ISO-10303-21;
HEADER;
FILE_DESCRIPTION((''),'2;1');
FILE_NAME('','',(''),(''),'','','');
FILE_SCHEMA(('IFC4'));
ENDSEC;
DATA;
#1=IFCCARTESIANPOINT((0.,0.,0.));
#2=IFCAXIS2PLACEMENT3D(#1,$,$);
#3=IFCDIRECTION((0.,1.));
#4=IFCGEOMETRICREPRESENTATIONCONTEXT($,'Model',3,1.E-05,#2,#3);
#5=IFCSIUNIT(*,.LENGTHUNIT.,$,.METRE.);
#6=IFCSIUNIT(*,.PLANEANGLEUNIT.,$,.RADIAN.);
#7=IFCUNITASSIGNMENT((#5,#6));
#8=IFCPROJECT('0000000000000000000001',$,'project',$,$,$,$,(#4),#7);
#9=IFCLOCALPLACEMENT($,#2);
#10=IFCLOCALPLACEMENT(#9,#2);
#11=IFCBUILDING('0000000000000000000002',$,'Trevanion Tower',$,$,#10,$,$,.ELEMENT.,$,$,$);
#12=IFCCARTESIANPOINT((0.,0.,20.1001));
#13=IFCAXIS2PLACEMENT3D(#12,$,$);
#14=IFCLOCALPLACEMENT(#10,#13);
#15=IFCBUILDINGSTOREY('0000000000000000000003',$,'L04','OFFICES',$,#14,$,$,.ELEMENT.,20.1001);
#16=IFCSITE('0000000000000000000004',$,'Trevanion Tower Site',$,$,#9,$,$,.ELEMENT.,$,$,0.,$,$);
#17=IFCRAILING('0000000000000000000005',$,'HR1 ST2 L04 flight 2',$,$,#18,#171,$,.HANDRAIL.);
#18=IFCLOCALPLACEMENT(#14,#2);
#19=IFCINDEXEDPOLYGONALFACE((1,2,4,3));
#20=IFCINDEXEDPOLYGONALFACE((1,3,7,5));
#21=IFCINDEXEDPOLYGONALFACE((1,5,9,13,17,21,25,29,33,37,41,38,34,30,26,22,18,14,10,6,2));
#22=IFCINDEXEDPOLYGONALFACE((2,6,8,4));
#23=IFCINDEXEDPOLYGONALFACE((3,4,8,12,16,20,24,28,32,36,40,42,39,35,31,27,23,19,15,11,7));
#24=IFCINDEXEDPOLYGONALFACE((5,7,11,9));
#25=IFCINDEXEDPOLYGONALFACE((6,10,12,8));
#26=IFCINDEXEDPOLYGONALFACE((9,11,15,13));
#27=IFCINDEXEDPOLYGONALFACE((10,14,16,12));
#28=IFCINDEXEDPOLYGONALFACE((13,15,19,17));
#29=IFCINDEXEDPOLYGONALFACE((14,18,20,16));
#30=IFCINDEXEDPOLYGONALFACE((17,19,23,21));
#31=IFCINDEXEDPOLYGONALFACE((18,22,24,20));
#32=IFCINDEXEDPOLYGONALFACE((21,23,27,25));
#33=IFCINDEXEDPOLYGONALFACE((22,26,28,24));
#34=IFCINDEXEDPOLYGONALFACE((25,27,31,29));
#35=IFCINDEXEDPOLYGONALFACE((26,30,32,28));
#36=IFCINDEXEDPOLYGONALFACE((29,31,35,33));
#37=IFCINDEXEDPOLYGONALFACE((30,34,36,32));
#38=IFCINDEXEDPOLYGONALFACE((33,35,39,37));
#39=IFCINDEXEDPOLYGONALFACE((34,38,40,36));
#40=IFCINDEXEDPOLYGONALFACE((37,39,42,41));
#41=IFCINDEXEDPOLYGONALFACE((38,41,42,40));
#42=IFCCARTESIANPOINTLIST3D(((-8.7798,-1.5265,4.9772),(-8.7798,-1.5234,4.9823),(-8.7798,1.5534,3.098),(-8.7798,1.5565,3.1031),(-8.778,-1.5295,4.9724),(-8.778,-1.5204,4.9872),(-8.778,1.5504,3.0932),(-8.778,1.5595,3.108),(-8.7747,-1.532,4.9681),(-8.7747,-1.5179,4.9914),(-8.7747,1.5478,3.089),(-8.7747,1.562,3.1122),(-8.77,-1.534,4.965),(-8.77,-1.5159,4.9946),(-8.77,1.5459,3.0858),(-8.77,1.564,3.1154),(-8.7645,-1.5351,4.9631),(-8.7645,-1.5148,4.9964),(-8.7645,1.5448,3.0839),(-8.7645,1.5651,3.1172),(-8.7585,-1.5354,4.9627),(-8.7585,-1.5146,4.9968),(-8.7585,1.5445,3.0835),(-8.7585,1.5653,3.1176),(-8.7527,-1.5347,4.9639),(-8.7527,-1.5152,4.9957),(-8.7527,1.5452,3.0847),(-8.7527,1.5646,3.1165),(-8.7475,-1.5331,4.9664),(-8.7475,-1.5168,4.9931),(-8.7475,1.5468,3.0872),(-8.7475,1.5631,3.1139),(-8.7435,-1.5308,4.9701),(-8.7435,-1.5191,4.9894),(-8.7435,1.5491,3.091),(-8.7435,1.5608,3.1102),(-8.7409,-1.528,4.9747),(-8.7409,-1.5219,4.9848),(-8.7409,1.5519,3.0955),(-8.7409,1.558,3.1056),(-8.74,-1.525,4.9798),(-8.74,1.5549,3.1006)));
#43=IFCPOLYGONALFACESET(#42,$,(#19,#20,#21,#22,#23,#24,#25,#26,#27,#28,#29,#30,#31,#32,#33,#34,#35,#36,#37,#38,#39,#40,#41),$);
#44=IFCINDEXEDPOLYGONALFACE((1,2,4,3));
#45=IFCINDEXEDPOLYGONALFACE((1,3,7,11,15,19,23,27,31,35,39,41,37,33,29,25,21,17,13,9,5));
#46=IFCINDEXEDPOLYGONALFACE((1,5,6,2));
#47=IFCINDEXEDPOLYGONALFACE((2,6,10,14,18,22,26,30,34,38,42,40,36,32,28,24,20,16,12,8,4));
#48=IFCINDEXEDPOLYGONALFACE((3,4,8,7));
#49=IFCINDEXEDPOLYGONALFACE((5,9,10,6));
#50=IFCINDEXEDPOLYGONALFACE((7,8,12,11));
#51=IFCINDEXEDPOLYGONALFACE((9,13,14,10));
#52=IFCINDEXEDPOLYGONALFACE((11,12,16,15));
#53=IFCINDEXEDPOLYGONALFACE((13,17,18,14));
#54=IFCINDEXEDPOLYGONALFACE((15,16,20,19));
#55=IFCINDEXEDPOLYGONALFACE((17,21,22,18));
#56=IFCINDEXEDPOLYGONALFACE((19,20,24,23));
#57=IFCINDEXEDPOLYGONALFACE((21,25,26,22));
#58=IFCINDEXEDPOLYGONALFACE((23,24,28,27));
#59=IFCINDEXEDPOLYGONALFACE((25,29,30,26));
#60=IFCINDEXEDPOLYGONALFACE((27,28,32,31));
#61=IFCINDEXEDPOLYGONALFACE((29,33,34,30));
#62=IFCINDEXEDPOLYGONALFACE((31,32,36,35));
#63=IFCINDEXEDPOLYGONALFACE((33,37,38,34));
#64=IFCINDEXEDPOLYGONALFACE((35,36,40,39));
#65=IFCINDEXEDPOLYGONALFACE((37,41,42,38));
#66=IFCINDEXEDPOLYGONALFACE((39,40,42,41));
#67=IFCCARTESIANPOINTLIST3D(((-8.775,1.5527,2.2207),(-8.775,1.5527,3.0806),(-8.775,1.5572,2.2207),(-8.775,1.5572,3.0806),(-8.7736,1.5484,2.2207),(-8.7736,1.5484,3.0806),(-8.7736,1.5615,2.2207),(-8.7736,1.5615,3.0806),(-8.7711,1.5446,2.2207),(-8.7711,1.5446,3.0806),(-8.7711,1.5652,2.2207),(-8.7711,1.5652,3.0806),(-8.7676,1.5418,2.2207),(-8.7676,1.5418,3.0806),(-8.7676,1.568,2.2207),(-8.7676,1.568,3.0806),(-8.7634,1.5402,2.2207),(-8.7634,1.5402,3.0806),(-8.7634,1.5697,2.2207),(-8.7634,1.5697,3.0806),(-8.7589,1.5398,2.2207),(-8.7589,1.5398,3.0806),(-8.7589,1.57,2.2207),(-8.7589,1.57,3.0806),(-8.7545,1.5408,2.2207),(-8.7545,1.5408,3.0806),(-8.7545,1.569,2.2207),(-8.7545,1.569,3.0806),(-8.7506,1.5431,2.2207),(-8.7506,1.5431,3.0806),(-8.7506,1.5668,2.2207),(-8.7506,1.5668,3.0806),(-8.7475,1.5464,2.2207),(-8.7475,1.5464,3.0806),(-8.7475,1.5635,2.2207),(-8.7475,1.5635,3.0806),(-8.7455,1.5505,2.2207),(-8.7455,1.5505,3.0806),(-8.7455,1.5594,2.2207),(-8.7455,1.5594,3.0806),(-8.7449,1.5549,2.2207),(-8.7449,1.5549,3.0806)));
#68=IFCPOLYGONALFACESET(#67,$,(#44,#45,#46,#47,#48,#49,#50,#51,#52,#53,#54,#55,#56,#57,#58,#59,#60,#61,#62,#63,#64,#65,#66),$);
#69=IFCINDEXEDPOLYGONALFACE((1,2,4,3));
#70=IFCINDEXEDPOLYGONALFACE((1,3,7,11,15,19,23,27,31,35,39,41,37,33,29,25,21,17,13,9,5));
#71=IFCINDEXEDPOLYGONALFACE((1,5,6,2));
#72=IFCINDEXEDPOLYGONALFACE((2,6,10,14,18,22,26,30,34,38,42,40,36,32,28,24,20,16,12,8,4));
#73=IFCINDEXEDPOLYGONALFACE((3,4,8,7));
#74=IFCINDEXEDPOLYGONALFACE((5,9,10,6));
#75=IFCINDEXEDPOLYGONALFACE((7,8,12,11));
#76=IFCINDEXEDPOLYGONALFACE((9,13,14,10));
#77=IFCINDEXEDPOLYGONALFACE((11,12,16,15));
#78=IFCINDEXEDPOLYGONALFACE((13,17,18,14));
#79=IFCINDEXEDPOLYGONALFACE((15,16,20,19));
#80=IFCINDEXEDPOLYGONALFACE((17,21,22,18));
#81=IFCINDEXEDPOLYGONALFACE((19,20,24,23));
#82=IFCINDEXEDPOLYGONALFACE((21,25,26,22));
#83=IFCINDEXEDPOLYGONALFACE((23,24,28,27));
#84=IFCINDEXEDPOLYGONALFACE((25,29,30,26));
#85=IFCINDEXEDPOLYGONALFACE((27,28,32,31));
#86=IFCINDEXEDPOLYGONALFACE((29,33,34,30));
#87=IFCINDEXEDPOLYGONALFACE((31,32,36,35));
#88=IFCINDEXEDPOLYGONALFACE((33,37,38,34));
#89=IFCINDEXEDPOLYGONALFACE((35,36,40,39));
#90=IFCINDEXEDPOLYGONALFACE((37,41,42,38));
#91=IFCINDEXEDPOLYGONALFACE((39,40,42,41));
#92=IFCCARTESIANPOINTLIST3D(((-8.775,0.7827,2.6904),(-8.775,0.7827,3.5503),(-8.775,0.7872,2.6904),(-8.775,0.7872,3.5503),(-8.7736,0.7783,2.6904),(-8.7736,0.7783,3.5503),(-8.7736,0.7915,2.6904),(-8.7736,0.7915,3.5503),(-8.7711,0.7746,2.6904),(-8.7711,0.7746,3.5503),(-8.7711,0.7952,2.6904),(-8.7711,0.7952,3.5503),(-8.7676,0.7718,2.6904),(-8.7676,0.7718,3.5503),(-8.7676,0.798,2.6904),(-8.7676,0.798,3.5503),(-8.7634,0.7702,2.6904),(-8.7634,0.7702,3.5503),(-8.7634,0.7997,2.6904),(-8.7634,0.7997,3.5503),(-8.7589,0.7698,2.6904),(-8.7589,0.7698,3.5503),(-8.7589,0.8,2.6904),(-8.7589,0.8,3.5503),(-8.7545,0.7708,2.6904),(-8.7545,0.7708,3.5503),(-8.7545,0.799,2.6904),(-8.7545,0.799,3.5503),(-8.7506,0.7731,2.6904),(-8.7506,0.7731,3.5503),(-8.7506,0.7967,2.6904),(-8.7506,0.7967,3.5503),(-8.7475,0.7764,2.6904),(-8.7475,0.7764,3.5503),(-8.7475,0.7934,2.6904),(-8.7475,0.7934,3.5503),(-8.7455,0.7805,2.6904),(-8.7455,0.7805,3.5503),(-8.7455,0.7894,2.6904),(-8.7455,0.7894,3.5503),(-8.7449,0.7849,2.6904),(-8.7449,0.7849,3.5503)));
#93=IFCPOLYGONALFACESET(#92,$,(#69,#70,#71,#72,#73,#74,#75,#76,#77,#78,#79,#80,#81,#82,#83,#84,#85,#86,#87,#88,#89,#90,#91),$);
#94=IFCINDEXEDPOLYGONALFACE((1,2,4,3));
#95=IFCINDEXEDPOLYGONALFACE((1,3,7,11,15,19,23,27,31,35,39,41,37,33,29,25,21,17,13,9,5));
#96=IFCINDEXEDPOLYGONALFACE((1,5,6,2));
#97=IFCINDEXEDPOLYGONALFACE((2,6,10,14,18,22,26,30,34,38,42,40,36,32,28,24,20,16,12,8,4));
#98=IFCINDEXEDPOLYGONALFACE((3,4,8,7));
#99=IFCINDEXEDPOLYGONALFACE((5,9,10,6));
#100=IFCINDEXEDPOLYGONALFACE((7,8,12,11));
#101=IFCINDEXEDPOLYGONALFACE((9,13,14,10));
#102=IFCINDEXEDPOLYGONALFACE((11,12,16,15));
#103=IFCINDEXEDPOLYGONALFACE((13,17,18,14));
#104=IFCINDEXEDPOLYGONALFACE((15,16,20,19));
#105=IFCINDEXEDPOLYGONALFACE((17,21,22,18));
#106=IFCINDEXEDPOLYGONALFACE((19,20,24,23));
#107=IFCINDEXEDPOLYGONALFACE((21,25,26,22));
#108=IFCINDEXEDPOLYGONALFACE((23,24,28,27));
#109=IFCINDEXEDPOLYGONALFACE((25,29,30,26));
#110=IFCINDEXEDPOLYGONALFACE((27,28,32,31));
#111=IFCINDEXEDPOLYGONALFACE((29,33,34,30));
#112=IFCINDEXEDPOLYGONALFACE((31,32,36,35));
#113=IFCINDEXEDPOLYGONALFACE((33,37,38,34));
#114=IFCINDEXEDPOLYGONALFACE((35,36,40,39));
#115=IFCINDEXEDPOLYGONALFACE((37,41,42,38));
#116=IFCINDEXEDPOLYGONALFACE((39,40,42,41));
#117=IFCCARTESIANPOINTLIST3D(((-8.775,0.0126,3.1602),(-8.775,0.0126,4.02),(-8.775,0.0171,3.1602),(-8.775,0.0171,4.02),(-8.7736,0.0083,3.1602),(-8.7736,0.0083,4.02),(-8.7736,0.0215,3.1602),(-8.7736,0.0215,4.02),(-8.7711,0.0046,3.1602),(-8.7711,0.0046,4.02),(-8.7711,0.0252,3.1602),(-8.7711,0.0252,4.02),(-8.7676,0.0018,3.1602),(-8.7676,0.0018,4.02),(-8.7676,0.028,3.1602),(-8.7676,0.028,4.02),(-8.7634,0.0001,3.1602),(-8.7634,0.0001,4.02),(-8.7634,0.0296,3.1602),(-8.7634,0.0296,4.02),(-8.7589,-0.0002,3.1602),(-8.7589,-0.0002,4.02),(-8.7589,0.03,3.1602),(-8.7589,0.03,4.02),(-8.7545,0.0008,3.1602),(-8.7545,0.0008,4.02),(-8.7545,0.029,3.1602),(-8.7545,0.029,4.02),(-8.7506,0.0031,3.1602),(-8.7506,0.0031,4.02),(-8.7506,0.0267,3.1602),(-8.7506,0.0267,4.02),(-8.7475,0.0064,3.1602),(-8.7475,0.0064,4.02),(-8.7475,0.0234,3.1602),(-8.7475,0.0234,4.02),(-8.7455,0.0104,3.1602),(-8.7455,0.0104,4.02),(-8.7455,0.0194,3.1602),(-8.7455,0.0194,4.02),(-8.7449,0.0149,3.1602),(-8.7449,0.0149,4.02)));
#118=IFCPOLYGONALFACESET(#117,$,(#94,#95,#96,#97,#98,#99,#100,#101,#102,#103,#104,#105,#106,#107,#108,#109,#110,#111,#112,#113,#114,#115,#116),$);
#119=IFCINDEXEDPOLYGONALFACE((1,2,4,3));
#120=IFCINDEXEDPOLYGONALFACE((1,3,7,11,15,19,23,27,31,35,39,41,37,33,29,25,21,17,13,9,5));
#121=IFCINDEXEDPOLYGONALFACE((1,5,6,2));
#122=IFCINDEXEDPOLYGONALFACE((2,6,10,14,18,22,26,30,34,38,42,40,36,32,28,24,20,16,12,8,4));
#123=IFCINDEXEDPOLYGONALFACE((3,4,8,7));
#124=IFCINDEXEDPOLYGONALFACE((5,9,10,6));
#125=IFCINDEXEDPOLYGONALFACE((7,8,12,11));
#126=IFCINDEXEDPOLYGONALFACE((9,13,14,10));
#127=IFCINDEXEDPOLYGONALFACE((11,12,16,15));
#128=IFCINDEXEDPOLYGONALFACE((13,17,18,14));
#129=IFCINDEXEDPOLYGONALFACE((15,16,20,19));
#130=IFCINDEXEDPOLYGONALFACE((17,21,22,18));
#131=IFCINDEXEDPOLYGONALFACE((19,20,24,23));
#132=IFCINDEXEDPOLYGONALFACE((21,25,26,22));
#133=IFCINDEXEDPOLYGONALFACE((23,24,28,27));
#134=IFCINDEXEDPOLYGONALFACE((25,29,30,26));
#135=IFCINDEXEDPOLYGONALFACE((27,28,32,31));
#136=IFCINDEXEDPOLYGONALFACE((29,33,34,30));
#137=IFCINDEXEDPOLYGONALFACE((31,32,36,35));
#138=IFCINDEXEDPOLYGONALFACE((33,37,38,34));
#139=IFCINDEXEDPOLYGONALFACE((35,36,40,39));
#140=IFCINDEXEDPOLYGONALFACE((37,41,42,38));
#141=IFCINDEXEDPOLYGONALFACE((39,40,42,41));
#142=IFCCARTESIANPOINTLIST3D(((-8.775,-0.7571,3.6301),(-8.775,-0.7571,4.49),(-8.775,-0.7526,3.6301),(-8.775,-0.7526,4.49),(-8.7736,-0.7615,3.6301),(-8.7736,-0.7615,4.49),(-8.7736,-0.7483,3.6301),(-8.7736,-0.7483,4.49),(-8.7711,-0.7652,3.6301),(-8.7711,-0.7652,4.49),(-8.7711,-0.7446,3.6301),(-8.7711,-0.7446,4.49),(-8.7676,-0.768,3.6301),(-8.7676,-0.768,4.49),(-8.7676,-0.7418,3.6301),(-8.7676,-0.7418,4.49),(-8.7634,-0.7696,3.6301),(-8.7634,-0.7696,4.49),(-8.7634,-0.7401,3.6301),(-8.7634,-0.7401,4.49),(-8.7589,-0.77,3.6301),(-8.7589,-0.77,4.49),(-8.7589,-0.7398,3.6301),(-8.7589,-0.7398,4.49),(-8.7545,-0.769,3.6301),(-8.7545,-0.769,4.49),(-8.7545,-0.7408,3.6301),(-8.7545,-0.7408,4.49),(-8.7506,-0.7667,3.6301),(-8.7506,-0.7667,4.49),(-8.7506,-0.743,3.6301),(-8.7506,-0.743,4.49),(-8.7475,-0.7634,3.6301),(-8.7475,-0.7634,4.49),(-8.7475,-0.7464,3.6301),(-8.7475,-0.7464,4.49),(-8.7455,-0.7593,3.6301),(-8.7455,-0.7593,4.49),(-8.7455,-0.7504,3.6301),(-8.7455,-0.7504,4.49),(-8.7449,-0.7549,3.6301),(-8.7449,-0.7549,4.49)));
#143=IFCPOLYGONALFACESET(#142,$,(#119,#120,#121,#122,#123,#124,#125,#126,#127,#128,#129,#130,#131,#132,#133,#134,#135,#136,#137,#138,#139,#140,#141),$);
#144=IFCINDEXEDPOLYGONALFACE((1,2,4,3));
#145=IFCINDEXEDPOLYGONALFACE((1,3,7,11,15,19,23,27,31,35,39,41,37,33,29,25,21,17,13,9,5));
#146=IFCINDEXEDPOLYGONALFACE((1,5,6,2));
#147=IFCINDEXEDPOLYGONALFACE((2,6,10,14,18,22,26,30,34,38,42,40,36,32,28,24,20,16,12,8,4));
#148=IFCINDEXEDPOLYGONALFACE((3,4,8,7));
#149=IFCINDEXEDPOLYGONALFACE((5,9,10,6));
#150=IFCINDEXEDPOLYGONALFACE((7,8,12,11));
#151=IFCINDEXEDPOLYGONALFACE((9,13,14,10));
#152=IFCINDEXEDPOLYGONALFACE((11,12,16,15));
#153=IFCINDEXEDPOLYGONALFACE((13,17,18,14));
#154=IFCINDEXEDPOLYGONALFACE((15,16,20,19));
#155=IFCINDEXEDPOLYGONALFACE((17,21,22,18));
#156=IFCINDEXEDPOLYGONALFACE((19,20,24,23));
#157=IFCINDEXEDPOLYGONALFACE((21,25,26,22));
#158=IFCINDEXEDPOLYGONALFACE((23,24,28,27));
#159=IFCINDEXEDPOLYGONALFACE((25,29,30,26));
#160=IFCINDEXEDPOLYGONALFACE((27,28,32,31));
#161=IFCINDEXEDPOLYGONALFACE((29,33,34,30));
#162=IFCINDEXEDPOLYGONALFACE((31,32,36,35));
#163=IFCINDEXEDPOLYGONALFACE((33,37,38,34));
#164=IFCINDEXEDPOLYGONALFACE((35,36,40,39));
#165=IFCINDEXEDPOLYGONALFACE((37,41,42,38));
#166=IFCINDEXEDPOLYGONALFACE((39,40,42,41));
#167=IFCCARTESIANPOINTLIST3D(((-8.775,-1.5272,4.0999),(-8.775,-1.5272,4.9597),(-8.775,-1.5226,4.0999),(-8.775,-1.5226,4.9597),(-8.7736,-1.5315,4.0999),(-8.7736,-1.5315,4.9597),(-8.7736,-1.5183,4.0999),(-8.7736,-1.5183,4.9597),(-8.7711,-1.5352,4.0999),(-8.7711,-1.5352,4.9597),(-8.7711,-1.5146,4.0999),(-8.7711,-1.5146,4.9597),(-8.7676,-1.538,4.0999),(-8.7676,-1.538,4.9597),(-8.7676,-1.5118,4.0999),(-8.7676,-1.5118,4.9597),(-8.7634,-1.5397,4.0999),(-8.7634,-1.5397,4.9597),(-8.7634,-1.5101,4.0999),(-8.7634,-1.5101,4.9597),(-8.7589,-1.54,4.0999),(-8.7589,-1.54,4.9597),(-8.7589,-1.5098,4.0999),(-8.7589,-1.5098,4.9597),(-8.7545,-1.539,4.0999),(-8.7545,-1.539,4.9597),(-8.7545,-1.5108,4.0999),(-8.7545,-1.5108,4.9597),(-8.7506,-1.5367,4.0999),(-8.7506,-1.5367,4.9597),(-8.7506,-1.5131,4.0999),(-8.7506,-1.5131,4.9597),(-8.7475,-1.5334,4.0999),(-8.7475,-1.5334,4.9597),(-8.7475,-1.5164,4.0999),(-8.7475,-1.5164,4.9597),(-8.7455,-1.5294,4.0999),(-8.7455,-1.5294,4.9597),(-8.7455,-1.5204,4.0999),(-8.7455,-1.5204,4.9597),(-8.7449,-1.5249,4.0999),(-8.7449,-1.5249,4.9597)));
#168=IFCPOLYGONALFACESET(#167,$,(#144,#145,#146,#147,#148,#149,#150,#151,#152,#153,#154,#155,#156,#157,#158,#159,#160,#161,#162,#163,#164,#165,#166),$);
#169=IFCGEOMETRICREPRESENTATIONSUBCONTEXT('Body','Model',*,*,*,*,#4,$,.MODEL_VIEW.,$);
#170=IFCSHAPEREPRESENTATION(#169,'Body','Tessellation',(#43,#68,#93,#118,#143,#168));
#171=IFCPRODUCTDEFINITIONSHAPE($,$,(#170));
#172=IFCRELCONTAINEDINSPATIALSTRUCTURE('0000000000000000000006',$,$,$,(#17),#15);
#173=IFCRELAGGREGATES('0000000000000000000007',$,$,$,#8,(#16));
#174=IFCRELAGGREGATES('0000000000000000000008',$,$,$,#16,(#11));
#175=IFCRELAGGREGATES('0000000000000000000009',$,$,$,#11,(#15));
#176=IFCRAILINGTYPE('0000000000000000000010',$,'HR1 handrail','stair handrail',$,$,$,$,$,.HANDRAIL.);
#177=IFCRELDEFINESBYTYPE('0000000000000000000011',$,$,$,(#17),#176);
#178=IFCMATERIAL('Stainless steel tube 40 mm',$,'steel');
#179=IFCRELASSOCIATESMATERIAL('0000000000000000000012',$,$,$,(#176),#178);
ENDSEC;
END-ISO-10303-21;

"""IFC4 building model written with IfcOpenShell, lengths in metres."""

from ifc_helpers import new_model, si_unit, direction, frame, origin, origin_2d, place, context, subcontext, project, spatial, circle, extrude, material, type_object, element, save


model = new_model("IFC4")

# Units and contexts
model_context = context("Model", 3, precision=1e-05, world=origin(), true_north=direction((0.0, 1.0)))
body_context = subcontext(model_context, "Body", "Model", "MODEL_VIEW")
ifc_project = project(units=[si_unit("LENGTHUNIT", "METRE"), si_unit("PLANEANGLEUNIT", "RADIAN")], contexts=[model_context])

# Site, building, storey
site_placement = place(None, origin())
site = spatial("IfcSite", under=ifc_project, at=site_placement, Name="Trevanion Tower Site", CompositionType="ELEMENT", RefElevation=0.0)
building_placement = place(site_placement, origin())
building = spatial("IfcBuilding", under=site, at=building_placement, Name="Trevanion Tower", CompositionType="ELEMENT")
storey_placement = place(building_placement, frame((0.0, 0.0, 20.1001)))
storey = spatial("IfcBuildingStorey", under=building, at=storey_placement, Name="L04", Description="OFFICES", CompositionType="ELEMENT", Elevation=20.1001)

# Railing
ifc_material_1 = material(Name="Stainless steel tube 40 mm", Category="steel")
railing_type = type_object("IfcRailingType", Name="HR1 handrail", Description="stair handrail", PredefinedType="HANDRAIL", material=ifc_material_1)
for number, where, name in (
    (1, (-8.76, 1.5549, 2.2207), "HR1 ST2 L04 flight 2"),
):
    element("IfcRailing", number, at=place(storey_placement, frame(where)), inside=storey, type_object=railing_type, Name=name, PredefinedType="HANDRAIL", context=body_context, shape_type="SweptSolid", body=[
        extrude(circle(Radius=0.02, at=origin_2d()), frame((0.0, 0.0, 0.8799), z_axis=(0.0, -0.853648, 0.52085), x_axis=(1.0, 0.0, 0.0)), (0.0, 0.0, 1.0), 3.6079),
        extrude(circle(Radius=0.0151, at=origin_2d()), origin(), (0.0, 0.0, 1.0), 0.8599),
        extrude(circle(Radius=0.0151, at=origin_2d()), frame((0.0, -0.77, 0.4697)), (0.0, 0.0, 1.0), 0.8599),
        extrude(circle(Radius=0.0151, at=origin_2d()), frame((0.0, -1.54, 0.9395)), (0.0, 0.0, 1.0), 0.8599),
        extrude(circle(Radius=0.0151, at=origin_2d()), frame((0.0, -2.3098, 1.4094)), (0.0, 0.0, 1.0), 0.8599),
        extrude(circle(Radius=0.0151, at=origin_2d()), frame((0.0, -3.0798, 1.8792)), (0.0, 0.0, 1.0), 0.8599),
    ])

save(model, "model.ifc")
